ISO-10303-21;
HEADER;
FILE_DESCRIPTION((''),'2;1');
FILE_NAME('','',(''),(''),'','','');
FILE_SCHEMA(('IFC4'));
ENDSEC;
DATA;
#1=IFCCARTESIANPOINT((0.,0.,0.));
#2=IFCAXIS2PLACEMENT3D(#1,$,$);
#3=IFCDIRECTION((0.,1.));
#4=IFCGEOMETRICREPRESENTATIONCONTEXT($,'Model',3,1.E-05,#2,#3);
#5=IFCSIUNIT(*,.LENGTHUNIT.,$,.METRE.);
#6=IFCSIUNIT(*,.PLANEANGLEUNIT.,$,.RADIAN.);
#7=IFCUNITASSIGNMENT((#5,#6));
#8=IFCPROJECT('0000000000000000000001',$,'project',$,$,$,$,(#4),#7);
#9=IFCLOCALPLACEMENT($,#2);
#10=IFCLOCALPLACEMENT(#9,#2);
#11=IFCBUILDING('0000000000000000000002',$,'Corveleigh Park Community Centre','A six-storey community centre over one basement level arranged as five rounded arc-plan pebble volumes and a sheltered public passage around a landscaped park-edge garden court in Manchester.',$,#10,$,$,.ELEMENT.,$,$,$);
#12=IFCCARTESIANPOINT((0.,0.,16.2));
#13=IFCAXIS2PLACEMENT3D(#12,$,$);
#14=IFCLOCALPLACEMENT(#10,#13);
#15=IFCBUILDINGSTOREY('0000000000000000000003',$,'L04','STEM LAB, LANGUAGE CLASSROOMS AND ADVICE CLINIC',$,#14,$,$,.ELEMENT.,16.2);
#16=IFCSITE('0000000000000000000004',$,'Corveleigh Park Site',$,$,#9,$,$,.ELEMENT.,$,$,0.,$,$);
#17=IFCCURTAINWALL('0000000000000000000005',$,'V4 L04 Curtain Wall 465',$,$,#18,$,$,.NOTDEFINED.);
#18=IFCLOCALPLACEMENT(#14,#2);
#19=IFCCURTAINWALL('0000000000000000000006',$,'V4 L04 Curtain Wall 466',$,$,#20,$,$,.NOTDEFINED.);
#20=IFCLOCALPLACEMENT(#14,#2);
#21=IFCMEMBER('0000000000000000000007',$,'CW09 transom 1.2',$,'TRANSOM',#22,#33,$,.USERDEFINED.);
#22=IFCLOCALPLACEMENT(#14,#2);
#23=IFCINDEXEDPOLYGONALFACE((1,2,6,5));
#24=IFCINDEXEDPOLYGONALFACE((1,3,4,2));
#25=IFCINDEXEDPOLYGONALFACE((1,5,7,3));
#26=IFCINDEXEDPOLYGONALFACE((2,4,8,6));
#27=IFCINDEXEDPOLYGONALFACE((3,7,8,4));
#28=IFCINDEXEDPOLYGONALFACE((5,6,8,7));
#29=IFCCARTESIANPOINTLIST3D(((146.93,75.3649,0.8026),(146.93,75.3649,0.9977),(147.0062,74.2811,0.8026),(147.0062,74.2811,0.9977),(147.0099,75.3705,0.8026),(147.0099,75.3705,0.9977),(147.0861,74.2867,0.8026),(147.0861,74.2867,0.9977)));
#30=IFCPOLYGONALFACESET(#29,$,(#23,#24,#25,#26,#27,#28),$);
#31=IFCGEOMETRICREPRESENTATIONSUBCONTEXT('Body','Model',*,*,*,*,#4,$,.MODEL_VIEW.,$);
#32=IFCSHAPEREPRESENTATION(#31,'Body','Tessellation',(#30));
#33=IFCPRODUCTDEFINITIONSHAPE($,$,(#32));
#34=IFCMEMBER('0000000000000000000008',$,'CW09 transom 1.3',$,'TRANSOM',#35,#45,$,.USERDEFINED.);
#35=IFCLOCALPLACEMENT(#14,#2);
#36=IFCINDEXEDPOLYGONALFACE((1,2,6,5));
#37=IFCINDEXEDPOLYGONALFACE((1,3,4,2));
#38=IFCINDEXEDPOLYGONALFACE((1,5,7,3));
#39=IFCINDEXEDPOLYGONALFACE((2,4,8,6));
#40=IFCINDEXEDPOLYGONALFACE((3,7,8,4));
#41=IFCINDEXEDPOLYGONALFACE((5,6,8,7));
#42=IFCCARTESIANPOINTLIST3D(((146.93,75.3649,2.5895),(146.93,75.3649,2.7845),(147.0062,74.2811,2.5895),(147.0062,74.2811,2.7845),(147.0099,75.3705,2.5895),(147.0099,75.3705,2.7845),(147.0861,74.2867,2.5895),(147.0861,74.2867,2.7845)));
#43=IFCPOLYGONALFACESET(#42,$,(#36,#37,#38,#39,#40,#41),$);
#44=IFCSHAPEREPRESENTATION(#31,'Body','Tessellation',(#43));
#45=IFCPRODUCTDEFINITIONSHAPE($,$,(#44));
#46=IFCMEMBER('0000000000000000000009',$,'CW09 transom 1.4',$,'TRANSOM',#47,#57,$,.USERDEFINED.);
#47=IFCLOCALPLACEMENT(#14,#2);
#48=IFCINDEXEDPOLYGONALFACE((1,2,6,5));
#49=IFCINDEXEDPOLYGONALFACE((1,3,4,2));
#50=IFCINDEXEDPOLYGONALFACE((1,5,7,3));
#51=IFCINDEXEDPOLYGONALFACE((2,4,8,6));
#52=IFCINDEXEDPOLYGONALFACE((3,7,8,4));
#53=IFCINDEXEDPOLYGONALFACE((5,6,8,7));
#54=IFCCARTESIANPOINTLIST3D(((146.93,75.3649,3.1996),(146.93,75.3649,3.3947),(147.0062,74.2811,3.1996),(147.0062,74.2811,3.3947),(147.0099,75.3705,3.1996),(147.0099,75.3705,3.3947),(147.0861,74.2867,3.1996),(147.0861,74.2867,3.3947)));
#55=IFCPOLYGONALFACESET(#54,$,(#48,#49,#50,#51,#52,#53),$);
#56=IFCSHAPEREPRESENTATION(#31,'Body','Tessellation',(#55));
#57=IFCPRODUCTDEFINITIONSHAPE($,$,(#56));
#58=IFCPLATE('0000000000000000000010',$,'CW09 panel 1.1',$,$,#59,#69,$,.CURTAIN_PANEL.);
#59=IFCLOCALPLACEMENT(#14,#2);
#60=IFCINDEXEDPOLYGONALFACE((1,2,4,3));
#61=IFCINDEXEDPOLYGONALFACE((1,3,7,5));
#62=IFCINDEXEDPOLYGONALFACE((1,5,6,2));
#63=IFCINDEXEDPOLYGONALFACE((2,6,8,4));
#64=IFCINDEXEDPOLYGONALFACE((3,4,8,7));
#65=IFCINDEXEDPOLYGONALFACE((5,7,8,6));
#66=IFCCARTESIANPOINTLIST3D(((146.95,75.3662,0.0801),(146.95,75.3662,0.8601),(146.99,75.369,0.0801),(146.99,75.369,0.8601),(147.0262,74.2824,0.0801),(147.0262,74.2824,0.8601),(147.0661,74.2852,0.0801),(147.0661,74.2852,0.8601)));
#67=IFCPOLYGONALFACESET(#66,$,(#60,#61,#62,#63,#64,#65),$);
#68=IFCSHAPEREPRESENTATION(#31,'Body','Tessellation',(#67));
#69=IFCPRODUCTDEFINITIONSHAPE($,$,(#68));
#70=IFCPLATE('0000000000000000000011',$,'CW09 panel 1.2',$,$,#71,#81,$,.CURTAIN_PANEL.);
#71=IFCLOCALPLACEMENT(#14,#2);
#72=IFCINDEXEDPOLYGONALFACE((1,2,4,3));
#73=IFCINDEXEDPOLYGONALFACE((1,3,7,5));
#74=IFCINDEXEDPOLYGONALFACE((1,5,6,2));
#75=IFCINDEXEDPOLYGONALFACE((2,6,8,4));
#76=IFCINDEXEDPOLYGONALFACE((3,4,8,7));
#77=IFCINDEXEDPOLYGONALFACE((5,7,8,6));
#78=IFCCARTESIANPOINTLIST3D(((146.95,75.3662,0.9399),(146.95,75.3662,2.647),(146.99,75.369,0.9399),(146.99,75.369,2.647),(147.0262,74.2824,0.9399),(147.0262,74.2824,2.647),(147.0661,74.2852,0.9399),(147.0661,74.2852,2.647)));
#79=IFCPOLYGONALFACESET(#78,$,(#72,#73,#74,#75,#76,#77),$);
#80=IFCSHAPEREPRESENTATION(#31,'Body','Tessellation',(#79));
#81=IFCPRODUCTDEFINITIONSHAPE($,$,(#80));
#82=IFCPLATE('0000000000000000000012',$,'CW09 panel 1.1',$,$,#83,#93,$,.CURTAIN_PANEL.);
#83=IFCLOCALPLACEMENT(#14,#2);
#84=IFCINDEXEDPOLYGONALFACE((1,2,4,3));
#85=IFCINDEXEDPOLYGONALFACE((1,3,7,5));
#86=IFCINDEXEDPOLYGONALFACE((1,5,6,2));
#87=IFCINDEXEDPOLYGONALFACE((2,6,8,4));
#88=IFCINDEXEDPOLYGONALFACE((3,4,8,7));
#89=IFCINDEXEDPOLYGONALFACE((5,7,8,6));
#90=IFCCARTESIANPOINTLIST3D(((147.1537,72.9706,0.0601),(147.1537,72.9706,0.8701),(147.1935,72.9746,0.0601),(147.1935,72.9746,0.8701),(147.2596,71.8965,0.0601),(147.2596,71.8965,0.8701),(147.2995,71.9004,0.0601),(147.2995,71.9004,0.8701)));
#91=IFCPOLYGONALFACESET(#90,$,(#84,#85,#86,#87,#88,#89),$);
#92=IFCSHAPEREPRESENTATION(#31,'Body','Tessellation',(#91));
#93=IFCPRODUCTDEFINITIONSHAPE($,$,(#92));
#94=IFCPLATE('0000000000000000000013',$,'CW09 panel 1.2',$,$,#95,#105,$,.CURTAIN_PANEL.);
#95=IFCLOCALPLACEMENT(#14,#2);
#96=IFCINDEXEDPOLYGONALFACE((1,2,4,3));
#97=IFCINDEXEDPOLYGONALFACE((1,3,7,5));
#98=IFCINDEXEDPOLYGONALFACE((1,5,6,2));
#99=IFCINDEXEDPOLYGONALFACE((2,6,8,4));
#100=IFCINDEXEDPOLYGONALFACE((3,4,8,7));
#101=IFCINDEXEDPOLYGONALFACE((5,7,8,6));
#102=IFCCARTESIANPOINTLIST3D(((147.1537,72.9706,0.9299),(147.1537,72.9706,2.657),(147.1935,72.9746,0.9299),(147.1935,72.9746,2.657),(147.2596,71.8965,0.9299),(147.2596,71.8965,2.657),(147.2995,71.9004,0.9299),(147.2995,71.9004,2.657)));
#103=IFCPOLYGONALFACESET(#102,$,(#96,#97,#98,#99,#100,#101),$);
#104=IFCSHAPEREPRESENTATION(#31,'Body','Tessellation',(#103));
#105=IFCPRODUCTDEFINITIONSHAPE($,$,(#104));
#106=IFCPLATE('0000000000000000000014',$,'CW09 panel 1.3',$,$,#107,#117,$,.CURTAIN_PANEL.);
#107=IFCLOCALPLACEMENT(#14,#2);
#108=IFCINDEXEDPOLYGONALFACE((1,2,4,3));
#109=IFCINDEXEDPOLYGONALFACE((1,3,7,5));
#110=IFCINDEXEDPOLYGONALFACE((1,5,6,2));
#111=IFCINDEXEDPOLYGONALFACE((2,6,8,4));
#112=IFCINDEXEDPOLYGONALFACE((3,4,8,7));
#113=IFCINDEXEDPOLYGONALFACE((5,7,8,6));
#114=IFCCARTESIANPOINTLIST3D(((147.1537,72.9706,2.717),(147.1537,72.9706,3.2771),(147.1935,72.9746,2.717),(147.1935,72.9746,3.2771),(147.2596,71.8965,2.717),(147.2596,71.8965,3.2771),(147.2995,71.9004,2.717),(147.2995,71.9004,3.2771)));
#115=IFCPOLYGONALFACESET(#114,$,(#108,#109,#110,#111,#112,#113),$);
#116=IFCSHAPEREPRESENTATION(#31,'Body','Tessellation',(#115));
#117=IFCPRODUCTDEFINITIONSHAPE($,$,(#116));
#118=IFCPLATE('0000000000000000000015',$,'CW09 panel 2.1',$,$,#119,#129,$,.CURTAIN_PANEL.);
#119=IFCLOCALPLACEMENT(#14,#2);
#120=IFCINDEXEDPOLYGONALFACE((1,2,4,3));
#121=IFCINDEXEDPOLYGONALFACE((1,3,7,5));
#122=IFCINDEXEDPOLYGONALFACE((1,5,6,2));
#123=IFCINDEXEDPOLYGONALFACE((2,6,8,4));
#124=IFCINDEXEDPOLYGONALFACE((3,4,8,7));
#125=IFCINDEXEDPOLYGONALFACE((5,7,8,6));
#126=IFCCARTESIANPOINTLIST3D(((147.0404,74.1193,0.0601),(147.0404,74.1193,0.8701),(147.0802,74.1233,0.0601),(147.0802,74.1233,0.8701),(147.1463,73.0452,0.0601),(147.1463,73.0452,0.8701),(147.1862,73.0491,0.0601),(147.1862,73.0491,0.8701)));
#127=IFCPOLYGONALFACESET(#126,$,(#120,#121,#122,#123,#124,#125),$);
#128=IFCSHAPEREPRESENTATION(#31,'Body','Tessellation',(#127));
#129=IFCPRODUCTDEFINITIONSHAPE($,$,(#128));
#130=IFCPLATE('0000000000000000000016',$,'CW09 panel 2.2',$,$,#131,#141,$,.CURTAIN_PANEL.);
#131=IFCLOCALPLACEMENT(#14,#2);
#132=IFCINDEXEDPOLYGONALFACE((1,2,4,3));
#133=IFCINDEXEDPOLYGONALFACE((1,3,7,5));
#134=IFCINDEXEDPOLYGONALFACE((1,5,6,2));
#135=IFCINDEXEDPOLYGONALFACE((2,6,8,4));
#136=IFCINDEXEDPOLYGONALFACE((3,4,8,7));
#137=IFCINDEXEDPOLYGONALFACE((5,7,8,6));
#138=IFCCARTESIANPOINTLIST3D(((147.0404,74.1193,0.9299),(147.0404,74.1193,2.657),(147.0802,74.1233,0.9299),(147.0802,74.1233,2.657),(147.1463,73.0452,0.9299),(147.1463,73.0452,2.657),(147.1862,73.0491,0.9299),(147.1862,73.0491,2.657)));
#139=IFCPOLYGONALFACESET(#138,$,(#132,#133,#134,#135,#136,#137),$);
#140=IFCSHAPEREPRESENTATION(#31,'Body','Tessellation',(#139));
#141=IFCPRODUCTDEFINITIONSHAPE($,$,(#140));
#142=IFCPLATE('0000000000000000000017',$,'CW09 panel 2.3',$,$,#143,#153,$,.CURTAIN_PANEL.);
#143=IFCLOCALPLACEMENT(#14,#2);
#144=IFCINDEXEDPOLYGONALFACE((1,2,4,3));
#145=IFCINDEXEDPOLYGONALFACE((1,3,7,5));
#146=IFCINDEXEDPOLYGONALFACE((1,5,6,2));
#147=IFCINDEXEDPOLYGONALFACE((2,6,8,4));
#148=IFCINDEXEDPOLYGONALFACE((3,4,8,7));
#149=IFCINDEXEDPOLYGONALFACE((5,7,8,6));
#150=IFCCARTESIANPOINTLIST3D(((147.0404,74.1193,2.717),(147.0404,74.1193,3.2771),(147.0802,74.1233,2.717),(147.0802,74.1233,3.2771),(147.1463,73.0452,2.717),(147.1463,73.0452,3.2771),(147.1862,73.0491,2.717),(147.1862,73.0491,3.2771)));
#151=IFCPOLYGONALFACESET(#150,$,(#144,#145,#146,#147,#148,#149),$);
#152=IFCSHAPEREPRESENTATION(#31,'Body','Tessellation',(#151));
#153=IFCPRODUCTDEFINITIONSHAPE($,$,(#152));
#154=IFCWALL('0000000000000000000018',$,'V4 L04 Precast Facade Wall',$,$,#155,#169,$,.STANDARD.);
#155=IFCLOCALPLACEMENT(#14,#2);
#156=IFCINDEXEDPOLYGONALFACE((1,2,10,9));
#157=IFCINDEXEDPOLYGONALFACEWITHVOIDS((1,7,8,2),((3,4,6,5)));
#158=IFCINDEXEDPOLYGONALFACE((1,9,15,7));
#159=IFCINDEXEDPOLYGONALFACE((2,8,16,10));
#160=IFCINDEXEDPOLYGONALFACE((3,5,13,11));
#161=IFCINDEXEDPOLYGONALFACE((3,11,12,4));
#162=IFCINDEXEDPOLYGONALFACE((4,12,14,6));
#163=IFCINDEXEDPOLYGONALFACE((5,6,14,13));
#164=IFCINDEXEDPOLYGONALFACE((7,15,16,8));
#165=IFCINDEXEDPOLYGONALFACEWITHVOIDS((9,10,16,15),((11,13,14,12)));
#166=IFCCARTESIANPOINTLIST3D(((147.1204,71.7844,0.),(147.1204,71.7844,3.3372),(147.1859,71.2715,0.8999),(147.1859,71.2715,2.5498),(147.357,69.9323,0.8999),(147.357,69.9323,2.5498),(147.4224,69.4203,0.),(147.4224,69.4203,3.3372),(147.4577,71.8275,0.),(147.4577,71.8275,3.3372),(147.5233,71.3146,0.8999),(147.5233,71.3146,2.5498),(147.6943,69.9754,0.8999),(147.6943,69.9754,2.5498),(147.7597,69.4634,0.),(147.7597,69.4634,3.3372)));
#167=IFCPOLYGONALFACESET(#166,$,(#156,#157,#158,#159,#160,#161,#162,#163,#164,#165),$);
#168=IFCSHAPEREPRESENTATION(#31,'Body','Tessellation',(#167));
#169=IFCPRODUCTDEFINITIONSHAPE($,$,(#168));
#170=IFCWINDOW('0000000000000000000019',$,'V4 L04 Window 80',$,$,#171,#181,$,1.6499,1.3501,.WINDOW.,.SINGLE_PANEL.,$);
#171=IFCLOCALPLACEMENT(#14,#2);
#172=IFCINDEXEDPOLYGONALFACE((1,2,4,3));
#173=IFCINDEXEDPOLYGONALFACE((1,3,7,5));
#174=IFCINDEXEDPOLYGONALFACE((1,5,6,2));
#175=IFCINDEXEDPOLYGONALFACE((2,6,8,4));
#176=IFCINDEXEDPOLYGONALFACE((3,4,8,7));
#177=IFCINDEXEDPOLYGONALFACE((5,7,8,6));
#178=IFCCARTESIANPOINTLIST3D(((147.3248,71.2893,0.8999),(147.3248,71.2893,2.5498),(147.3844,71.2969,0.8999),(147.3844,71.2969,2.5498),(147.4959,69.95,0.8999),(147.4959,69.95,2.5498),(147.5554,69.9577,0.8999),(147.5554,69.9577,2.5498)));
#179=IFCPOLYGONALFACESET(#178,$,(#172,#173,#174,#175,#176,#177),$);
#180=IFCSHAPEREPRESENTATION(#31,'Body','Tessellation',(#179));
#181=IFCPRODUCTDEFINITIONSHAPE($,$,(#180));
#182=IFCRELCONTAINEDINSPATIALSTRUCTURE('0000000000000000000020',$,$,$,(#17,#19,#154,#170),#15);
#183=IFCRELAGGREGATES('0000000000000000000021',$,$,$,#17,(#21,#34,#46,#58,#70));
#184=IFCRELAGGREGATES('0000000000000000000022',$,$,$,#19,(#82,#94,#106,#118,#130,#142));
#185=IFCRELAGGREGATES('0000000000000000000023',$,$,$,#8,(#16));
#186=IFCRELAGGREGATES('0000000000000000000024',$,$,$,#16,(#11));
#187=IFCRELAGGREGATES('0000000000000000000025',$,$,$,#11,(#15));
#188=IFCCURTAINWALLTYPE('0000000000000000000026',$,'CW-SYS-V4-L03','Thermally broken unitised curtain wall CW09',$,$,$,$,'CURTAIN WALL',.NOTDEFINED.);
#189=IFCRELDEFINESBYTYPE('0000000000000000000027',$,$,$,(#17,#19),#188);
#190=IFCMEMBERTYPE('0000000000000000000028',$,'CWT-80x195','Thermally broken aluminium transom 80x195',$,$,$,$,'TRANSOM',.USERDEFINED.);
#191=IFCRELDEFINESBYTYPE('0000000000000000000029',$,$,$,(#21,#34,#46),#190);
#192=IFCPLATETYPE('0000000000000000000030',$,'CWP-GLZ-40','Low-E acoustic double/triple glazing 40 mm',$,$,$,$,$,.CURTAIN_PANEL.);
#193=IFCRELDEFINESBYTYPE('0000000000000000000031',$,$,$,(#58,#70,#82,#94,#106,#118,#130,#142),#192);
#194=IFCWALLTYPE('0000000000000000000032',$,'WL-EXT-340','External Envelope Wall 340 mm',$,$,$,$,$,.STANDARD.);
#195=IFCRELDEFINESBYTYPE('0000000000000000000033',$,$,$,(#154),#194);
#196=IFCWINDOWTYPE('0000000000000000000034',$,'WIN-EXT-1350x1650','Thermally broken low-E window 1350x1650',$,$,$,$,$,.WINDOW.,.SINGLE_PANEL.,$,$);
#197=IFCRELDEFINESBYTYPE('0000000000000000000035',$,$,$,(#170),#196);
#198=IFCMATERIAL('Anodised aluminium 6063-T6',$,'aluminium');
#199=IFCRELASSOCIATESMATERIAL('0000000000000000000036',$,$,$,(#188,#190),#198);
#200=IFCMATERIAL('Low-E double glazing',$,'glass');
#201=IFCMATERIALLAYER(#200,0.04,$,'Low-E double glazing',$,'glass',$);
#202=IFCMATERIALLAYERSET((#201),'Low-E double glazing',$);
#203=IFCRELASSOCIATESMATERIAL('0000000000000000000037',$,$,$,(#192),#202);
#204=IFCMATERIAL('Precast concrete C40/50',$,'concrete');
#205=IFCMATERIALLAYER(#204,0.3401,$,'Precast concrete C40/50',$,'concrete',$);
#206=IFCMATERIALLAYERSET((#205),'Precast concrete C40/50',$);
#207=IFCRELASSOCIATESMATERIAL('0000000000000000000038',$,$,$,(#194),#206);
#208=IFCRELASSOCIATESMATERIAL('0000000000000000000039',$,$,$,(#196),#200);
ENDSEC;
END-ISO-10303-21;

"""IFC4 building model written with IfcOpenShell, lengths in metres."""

from ifc_helpers import new_model, si_unit, direction, frame, frame_2d, origin, origin_2d, place, context, subcontext, project, spatial, rectangle, extrude, material, layer, layer_set, material_profile, profile_set, type_object, element, fill, aggregate, save


model = new_model("IFC4")

# Units and contexts
model_context = context("Model", 3, precision=1e-05, world=origin(), true_north=direction((0.0, 1.0)))
body_context = subcontext(model_context, "Body", "Model", "MODEL_VIEW")
ifc_project = project(units=[si_unit("LENGTHUNIT", "METRE"), si_unit("PLANEANGLEUNIT", "RADIAN")], contexts=[model_context])

# Site, building, storey
site_placement = place(None, origin())
site = spatial("IfcSite", under=ifc_project, at=site_placement, Name="Corveleigh Park Site", CompositionType="ELEMENT", RefElevation=0.0)
building_placement = place(site_placement, origin())
building = spatial("IfcBuilding", under=site, at=building_placement, Name="Corveleigh Park Community Centre", Description="A six-storey community centre over one basement level arranged as five rounded arc-plan pebble volumes and a sheltered public passage around a landscaped park-edge garden court in Manchester.", CompositionType="ELEMENT")
storey_placement = place(building_placement, frame((0.0, 0.0, 16.2)))
storey = spatial("IfcBuildingStorey", under=building, at=storey_placement, Name="L04", Description="STEM LAB, LANGUAGE CLASSROOMS AND ADVICE CLINIC", CompositionType="ELEMENT", Elevation=16.2)

# Curtain wall
ifc_material_1 = material(Name="Anodised aluminium 6063-T6", Category="aluminium")
curtain_wall_type = type_object("IfcCurtainWallType", Name="CW-SYS-V4-L03", Description="Thermally broken unitised curtain wall CW09", ElementType="CURTAIN WALL", PredefinedType="NOTDEFINED", material=ifc_material_1)
curtain_wall_1_placement = place(storey_placement, origin())
curtain_wall_1 = element("IfcCurtainWall", 1, at=curtain_wall_1_placement, inside=storey, type_object=curtain_wall_type, Name="V4 L04 Curtain Wall 465", PredefinedType="NOTDEFINED")

# Curtain wall
curtain_wall_2_placement = place(storey_placement, origin())
curtain_wall_2 = element("IfcCurtainWall", 2, at=curtain_wall_2_placement, inside=storey, type_object=curtain_wall_type, Name="V4 L04 Curtain Wall 466", PredefinedType="NOTDEFINED")

# Members
ifc_material_profile_1 = material_profile(ifc_material_1, rectangle(XDim=0.0801, YDim=0.1951, at=origin_2d()), Name="ALU-T80x195", Category="aluminium")
ifc_profile_set_1 = profile_set([ifc_material_profile_1], Name="Anodised aluminium 6063-T6")
member_type_1 = type_object("IfcMemberType", Name="CWT-80x195", Description="Thermally broken aluminium transom 80x195", ElementType="TRANSOM", PredefinedType="USERDEFINED", material=ifc_profile_set_1)
member_1_placement = place(storey_placement, frame((147.0461, 74.2839, 0.9001), z_axis=(-0.070113, 0.997539, 0.0), x_axis=(-0.997539, -0.070113, 0.0)))
member_1 = element("IfcMember", 3, at=member_1_placement, type_object=member_type_1, Name="CW09 transom 1.2", ObjectType="TRANSOM", PredefinedType="USERDEFINED", context=body_context, shape_type="SweptSolid", body=[
    extrude(rectangle(XDim=0.0801, YDim=0.1951, at=origin_2d()), origin(), (0.0, 0.0, 1.0), 1.0864),
])
member_2_placement = place(storey_placement, frame((147.0461, 74.2839, 2.687), z_axis=(-0.070113, 0.997539, 0.0), x_axis=(-0.997539, -0.070113, 0.0)))
member_2 = element("IfcMember", 4, at=member_2_placement, type_object=member_type_1, Name="CW09 transom 1.3", ObjectType="TRANSOM", PredefinedType="USERDEFINED", context=body_context, shape_type="SweptSolid", body=[
    extrude(rectangle(XDim=0.0801, YDim=0.1951, at=origin_2d()), origin(), (0.0, 0.0, 1.0), 1.0864),
])
member_3_placement = place(storey_placement, frame((147.0461, 74.2839, 3.2971), z_axis=(-0.070113, 0.997539, 0.0), x_axis=(-0.997539, -0.070113, 0.0)))
member_3 = element("IfcMember", 5, at=member_3_placement, type_object=member_type_1, Name="CW09 transom 1.4", ObjectType="TRANSOM", PredefinedType="USERDEFINED", context=body_context, shape_type="SweptSolid", body=[
    extrude(rectangle(XDim=0.0801, YDim=0.1951, at=origin_2d()), origin(), (0.0, 0.0, 1.0), 1.0864),
])

# Plates
ifc_material_2 = material(Name="Low-E double glazing", Category="glass")
ifc_layer_1 = layer(ifc_material_2, 0.04, Name="Low-E double glazing", Category="glass")
ifc_layer_set_1 = layer_set([ifc_layer_1], Name="Low-E double glazing")
plate_type = type_object("IfcPlateType", Name="CWP-GLZ-40", Description="Low-E acoustic double/triple glazing 40 mm", PredefinedType="CURTAIN_PANEL", material=ifc_layer_set_1)
plate_1_placement = place(storey_placement, frame((147.0081, 74.8257, 0.0801), z_axis=(0.0, 0.0, 1.0), x_axis=(-0.070084, 0.997541, 0.0)))
plate_1 = element("IfcPlate", 6, at=plate_1_placement, type_object=plate_type, Name="CW09 panel 1.1", PredefinedType="CURTAIN_PANEL", context=body_context, shape_type="SweptSolid", body=[
    extrude(rectangle(XDim=1.0864, YDim=0.04, at=origin_2d()), origin(), (0.0, 0.0, 1.0), 0.78),
])
plate_2_placement = place(storey_placement, frame((147.0081, 74.8257, 0.9399), z_axis=(0.0, 0.0, 1.0), x_axis=(-0.070084, 0.997541, 0.0)))
plate_2 = element("IfcPlate", 7, at=plate_2_placement, type_object=plate_type, Name="CW09 panel 1.2", PredefinedType="CURTAIN_PANEL", context=body_context, shape_type="SweptSolid", body=[
    extrude(rectangle(XDim=1.0864, YDim=0.04, at=origin_2d()), origin(), (0.0, 0.0, 1.0), 1.707),
])
aggregate(curtain_wall_1, [member_1, member_2, member_3, plate_1, plate_2])
plate_3_placement = place(storey_placement, frame((147.2266, 72.4355, 0.0601), z_axis=(0.0, 0.0, 1.0), x_axis=(-0.098174, 0.995169, 0.0)))
plate_3 = element("IfcPlate", 8, at=plate_3_placement, type_object=plate_type, Name="CW09 panel 1.1", PredefinedType="CURTAIN_PANEL", context=body_context, shape_type="SweptSolid", body=[
    extrude(rectangle(XDim=1.0793, YDim=0.04, at=origin_2d()), origin(), (0.0, 0.0, 1.0), 0.8101),
])
plate_4_placement = place(storey_placement, frame((147.2266, 72.4355, 0.9299), z_axis=(0.0, 0.0, 1.0), x_axis=(-0.098174, 0.995169, 0.0)))
plate_4 = element("IfcPlate", 9, at=plate_4_placement, type_object=plate_type, Name="CW09 panel 1.2", PredefinedType="CURTAIN_PANEL", context=body_context, shape_type="SweptSolid", body=[
    extrude(rectangle(XDim=1.0793, YDim=0.04, at=origin_2d()), origin(), (0.0, 0.0, 1.0), 1.7271),
])
plate_5_placement = place(storey_placement, frame((147.2266, 72.4355, 2.717), z_axis=(0.0, 0.0, 1.0), x_axis=(-0.098174, 0.995169, 0.0)))
plate_5 = element("IfcPlate", 10, at=plate_5_placement, type_object=plate_type, Name="CW09 panel 1.3", PredefinedType="CURTAIN_PANEL", context=body_context, shape_type="SweptSolid", body=[
    extrude(rectangle(XDim=1.0793, YDim=0.04, at=origin_2d()), origin(), (0.0, 0.0, 1.0), 0.5601),
])
plate_6_placement = place(storey_placement, frame((147.1133, 73.5842, 0.0601), z_axis=(0.0, 0.0, 1.0), x_axis=(-0.098174, 0.995169, 0.0)))
plate_6 = element("IfcPlate", 11, at=plate_6_placement, type_object=plate_type, Name="CW09 panel 2.1", PredefinedType="CURTAIN_PANEL", context=body_context, shape_type="SweptSolid", body=[
    extrude(rectangle(XDim=1.0793, YDim=0.04, at=origin_2d()), origin(), (0.0, 0.0, 1.0), 0.8101),
])
plate_7_placement = place(storey_placement, frame((147.1133, 73.5842, 0.9299), z_axis=(0.0, 0.0, 1.0), x_axis=(-0.098174, 0.995169, 0.0)))
plate_7 = element("IfcPlate", 12, at=plate_7_placement, type_object=plate_type, Name="CW09 panel 2.2", PredefinedType="CURTAIN_PANEL", context=body_context, shape_type="SweptSolid", body=[
    extrude(rectangle(XDim=1.0793, YDim=0.04, at=origin_2d()), origin(), (0.0, 0.0, 1.0), 1.7271),
])
plate_8_placement = place(storey_placement, frame((147.1133, 73.5842, 2.717), z_axis=(0.0, 0.0, 1.0), x_axis=(-0.098174, 0.995169, 0.0)))
plate_8 = element("IfcPlate", 13, at=plate_8_placement, type_object=plate_type, Name="CW09 panel 2.3", PredefinedType="CURTAIN_PANEL", context=body_context, shape_type="SweptSolid", body=[
    extrude(rectangle(XDim=1.0793, YDim=0.04, at=origin_2d()), origin(), (0.0, 0.0, 1.0), 0.5601),
])
aggregate(curtain_wall_2, [plate_3, plate_4, plate_5, plate_6, plate_7, plate_8])

# Wall, opening, window
ifc_material_3 = material(Name="Precast concrete C40/50", Category="concrete")
ifc_layer_2 = layer(ifc_material_3, 0.3401, Name="Precast concrete C40/50", Category="concrete")
ifc_layer_set_2 = layer_set([ifc_layer_2], Name="Precast concrete C40/50")
wall_type = type_object("IfcWallType", Name="WL-EXT-340", Description="External Envelope Wall 340 mm", PredefinedType="STANDARD", material=ifc_layer_set_2)
wall_placement = place(storey_placement, frame((147.5911, 69.4419, 0.0), z_axis=(0.0, 0.0, 1.0), x_axis=(-0.12672, 0.991939, 0.0)))
wall = element("IfcWall", 14, at=wall_placement, inside=storey, type_object=wall_type, Name="V4 L04 Precast Facade Wall", PredefinedType="STANDARD", context=body_context, shape_type="SweptSolid", body=[
    extrude(rectangle(XDim=2.3833, YDim=0.3401, at=frame_2d((1.1917, 0.0))), origin(), (0.0, 0.0, 1.0), 3.3372),
])
opening_placement = place(wall_placement, frame((0.5161, 0.0, 0.8999)))
opening = element("IfcOpeningElement", 15, at=opening_placement, cuts=wall, PredefinedType="OPENING", context=body_context, shape_type="SweptSolid", body=[
    extrude(rectangle(XDim=1.3501, YDim=1.6499, at=frame_2d((0.675, 0.825))), frame((0.0, 0.1799, 0.0), z_axis=(0.0, -1.0, 0.0), x_axis=(1.0, 0.0, 0.0)), (0.0, 0.0, 1.0), 0.3601),
])
window_type = type_object("IfcWindowType", Name="WIN-EXT-1350x1650", Description="Thermally broken low-E window 1350x1650", PartitioningType="SINGLE_PANEL", PredefinedType="WINDOW", material=ifc_material_2)
window_placement = place(opening_placement, origin())
window = element("IfcWindow", 16, at=window_placement, inside=storey, type_object=window_type, Name="V4 L04 Window 80", OverallHeight=1.6499, OverallWidth=1.3501, PartitioningType="SINGLE_PANEL", PredefinedType="WINDOW", context=body_context, shape_type="SweptSolid", body=[
    extrude(rectangle(XDim=1.3501, YDim=1.6499, at=frame_2d((0.675, 0.825))), frame((0.0, 0.03, 0.0), z_axis=(0.0, -1.0, 0.0), x_axis=(1.0, 0.0, 0.0)), (0.0, 0.0, 1.0), 0.0601),
])
fill(opening, window)

save(model, "model.ifc")
